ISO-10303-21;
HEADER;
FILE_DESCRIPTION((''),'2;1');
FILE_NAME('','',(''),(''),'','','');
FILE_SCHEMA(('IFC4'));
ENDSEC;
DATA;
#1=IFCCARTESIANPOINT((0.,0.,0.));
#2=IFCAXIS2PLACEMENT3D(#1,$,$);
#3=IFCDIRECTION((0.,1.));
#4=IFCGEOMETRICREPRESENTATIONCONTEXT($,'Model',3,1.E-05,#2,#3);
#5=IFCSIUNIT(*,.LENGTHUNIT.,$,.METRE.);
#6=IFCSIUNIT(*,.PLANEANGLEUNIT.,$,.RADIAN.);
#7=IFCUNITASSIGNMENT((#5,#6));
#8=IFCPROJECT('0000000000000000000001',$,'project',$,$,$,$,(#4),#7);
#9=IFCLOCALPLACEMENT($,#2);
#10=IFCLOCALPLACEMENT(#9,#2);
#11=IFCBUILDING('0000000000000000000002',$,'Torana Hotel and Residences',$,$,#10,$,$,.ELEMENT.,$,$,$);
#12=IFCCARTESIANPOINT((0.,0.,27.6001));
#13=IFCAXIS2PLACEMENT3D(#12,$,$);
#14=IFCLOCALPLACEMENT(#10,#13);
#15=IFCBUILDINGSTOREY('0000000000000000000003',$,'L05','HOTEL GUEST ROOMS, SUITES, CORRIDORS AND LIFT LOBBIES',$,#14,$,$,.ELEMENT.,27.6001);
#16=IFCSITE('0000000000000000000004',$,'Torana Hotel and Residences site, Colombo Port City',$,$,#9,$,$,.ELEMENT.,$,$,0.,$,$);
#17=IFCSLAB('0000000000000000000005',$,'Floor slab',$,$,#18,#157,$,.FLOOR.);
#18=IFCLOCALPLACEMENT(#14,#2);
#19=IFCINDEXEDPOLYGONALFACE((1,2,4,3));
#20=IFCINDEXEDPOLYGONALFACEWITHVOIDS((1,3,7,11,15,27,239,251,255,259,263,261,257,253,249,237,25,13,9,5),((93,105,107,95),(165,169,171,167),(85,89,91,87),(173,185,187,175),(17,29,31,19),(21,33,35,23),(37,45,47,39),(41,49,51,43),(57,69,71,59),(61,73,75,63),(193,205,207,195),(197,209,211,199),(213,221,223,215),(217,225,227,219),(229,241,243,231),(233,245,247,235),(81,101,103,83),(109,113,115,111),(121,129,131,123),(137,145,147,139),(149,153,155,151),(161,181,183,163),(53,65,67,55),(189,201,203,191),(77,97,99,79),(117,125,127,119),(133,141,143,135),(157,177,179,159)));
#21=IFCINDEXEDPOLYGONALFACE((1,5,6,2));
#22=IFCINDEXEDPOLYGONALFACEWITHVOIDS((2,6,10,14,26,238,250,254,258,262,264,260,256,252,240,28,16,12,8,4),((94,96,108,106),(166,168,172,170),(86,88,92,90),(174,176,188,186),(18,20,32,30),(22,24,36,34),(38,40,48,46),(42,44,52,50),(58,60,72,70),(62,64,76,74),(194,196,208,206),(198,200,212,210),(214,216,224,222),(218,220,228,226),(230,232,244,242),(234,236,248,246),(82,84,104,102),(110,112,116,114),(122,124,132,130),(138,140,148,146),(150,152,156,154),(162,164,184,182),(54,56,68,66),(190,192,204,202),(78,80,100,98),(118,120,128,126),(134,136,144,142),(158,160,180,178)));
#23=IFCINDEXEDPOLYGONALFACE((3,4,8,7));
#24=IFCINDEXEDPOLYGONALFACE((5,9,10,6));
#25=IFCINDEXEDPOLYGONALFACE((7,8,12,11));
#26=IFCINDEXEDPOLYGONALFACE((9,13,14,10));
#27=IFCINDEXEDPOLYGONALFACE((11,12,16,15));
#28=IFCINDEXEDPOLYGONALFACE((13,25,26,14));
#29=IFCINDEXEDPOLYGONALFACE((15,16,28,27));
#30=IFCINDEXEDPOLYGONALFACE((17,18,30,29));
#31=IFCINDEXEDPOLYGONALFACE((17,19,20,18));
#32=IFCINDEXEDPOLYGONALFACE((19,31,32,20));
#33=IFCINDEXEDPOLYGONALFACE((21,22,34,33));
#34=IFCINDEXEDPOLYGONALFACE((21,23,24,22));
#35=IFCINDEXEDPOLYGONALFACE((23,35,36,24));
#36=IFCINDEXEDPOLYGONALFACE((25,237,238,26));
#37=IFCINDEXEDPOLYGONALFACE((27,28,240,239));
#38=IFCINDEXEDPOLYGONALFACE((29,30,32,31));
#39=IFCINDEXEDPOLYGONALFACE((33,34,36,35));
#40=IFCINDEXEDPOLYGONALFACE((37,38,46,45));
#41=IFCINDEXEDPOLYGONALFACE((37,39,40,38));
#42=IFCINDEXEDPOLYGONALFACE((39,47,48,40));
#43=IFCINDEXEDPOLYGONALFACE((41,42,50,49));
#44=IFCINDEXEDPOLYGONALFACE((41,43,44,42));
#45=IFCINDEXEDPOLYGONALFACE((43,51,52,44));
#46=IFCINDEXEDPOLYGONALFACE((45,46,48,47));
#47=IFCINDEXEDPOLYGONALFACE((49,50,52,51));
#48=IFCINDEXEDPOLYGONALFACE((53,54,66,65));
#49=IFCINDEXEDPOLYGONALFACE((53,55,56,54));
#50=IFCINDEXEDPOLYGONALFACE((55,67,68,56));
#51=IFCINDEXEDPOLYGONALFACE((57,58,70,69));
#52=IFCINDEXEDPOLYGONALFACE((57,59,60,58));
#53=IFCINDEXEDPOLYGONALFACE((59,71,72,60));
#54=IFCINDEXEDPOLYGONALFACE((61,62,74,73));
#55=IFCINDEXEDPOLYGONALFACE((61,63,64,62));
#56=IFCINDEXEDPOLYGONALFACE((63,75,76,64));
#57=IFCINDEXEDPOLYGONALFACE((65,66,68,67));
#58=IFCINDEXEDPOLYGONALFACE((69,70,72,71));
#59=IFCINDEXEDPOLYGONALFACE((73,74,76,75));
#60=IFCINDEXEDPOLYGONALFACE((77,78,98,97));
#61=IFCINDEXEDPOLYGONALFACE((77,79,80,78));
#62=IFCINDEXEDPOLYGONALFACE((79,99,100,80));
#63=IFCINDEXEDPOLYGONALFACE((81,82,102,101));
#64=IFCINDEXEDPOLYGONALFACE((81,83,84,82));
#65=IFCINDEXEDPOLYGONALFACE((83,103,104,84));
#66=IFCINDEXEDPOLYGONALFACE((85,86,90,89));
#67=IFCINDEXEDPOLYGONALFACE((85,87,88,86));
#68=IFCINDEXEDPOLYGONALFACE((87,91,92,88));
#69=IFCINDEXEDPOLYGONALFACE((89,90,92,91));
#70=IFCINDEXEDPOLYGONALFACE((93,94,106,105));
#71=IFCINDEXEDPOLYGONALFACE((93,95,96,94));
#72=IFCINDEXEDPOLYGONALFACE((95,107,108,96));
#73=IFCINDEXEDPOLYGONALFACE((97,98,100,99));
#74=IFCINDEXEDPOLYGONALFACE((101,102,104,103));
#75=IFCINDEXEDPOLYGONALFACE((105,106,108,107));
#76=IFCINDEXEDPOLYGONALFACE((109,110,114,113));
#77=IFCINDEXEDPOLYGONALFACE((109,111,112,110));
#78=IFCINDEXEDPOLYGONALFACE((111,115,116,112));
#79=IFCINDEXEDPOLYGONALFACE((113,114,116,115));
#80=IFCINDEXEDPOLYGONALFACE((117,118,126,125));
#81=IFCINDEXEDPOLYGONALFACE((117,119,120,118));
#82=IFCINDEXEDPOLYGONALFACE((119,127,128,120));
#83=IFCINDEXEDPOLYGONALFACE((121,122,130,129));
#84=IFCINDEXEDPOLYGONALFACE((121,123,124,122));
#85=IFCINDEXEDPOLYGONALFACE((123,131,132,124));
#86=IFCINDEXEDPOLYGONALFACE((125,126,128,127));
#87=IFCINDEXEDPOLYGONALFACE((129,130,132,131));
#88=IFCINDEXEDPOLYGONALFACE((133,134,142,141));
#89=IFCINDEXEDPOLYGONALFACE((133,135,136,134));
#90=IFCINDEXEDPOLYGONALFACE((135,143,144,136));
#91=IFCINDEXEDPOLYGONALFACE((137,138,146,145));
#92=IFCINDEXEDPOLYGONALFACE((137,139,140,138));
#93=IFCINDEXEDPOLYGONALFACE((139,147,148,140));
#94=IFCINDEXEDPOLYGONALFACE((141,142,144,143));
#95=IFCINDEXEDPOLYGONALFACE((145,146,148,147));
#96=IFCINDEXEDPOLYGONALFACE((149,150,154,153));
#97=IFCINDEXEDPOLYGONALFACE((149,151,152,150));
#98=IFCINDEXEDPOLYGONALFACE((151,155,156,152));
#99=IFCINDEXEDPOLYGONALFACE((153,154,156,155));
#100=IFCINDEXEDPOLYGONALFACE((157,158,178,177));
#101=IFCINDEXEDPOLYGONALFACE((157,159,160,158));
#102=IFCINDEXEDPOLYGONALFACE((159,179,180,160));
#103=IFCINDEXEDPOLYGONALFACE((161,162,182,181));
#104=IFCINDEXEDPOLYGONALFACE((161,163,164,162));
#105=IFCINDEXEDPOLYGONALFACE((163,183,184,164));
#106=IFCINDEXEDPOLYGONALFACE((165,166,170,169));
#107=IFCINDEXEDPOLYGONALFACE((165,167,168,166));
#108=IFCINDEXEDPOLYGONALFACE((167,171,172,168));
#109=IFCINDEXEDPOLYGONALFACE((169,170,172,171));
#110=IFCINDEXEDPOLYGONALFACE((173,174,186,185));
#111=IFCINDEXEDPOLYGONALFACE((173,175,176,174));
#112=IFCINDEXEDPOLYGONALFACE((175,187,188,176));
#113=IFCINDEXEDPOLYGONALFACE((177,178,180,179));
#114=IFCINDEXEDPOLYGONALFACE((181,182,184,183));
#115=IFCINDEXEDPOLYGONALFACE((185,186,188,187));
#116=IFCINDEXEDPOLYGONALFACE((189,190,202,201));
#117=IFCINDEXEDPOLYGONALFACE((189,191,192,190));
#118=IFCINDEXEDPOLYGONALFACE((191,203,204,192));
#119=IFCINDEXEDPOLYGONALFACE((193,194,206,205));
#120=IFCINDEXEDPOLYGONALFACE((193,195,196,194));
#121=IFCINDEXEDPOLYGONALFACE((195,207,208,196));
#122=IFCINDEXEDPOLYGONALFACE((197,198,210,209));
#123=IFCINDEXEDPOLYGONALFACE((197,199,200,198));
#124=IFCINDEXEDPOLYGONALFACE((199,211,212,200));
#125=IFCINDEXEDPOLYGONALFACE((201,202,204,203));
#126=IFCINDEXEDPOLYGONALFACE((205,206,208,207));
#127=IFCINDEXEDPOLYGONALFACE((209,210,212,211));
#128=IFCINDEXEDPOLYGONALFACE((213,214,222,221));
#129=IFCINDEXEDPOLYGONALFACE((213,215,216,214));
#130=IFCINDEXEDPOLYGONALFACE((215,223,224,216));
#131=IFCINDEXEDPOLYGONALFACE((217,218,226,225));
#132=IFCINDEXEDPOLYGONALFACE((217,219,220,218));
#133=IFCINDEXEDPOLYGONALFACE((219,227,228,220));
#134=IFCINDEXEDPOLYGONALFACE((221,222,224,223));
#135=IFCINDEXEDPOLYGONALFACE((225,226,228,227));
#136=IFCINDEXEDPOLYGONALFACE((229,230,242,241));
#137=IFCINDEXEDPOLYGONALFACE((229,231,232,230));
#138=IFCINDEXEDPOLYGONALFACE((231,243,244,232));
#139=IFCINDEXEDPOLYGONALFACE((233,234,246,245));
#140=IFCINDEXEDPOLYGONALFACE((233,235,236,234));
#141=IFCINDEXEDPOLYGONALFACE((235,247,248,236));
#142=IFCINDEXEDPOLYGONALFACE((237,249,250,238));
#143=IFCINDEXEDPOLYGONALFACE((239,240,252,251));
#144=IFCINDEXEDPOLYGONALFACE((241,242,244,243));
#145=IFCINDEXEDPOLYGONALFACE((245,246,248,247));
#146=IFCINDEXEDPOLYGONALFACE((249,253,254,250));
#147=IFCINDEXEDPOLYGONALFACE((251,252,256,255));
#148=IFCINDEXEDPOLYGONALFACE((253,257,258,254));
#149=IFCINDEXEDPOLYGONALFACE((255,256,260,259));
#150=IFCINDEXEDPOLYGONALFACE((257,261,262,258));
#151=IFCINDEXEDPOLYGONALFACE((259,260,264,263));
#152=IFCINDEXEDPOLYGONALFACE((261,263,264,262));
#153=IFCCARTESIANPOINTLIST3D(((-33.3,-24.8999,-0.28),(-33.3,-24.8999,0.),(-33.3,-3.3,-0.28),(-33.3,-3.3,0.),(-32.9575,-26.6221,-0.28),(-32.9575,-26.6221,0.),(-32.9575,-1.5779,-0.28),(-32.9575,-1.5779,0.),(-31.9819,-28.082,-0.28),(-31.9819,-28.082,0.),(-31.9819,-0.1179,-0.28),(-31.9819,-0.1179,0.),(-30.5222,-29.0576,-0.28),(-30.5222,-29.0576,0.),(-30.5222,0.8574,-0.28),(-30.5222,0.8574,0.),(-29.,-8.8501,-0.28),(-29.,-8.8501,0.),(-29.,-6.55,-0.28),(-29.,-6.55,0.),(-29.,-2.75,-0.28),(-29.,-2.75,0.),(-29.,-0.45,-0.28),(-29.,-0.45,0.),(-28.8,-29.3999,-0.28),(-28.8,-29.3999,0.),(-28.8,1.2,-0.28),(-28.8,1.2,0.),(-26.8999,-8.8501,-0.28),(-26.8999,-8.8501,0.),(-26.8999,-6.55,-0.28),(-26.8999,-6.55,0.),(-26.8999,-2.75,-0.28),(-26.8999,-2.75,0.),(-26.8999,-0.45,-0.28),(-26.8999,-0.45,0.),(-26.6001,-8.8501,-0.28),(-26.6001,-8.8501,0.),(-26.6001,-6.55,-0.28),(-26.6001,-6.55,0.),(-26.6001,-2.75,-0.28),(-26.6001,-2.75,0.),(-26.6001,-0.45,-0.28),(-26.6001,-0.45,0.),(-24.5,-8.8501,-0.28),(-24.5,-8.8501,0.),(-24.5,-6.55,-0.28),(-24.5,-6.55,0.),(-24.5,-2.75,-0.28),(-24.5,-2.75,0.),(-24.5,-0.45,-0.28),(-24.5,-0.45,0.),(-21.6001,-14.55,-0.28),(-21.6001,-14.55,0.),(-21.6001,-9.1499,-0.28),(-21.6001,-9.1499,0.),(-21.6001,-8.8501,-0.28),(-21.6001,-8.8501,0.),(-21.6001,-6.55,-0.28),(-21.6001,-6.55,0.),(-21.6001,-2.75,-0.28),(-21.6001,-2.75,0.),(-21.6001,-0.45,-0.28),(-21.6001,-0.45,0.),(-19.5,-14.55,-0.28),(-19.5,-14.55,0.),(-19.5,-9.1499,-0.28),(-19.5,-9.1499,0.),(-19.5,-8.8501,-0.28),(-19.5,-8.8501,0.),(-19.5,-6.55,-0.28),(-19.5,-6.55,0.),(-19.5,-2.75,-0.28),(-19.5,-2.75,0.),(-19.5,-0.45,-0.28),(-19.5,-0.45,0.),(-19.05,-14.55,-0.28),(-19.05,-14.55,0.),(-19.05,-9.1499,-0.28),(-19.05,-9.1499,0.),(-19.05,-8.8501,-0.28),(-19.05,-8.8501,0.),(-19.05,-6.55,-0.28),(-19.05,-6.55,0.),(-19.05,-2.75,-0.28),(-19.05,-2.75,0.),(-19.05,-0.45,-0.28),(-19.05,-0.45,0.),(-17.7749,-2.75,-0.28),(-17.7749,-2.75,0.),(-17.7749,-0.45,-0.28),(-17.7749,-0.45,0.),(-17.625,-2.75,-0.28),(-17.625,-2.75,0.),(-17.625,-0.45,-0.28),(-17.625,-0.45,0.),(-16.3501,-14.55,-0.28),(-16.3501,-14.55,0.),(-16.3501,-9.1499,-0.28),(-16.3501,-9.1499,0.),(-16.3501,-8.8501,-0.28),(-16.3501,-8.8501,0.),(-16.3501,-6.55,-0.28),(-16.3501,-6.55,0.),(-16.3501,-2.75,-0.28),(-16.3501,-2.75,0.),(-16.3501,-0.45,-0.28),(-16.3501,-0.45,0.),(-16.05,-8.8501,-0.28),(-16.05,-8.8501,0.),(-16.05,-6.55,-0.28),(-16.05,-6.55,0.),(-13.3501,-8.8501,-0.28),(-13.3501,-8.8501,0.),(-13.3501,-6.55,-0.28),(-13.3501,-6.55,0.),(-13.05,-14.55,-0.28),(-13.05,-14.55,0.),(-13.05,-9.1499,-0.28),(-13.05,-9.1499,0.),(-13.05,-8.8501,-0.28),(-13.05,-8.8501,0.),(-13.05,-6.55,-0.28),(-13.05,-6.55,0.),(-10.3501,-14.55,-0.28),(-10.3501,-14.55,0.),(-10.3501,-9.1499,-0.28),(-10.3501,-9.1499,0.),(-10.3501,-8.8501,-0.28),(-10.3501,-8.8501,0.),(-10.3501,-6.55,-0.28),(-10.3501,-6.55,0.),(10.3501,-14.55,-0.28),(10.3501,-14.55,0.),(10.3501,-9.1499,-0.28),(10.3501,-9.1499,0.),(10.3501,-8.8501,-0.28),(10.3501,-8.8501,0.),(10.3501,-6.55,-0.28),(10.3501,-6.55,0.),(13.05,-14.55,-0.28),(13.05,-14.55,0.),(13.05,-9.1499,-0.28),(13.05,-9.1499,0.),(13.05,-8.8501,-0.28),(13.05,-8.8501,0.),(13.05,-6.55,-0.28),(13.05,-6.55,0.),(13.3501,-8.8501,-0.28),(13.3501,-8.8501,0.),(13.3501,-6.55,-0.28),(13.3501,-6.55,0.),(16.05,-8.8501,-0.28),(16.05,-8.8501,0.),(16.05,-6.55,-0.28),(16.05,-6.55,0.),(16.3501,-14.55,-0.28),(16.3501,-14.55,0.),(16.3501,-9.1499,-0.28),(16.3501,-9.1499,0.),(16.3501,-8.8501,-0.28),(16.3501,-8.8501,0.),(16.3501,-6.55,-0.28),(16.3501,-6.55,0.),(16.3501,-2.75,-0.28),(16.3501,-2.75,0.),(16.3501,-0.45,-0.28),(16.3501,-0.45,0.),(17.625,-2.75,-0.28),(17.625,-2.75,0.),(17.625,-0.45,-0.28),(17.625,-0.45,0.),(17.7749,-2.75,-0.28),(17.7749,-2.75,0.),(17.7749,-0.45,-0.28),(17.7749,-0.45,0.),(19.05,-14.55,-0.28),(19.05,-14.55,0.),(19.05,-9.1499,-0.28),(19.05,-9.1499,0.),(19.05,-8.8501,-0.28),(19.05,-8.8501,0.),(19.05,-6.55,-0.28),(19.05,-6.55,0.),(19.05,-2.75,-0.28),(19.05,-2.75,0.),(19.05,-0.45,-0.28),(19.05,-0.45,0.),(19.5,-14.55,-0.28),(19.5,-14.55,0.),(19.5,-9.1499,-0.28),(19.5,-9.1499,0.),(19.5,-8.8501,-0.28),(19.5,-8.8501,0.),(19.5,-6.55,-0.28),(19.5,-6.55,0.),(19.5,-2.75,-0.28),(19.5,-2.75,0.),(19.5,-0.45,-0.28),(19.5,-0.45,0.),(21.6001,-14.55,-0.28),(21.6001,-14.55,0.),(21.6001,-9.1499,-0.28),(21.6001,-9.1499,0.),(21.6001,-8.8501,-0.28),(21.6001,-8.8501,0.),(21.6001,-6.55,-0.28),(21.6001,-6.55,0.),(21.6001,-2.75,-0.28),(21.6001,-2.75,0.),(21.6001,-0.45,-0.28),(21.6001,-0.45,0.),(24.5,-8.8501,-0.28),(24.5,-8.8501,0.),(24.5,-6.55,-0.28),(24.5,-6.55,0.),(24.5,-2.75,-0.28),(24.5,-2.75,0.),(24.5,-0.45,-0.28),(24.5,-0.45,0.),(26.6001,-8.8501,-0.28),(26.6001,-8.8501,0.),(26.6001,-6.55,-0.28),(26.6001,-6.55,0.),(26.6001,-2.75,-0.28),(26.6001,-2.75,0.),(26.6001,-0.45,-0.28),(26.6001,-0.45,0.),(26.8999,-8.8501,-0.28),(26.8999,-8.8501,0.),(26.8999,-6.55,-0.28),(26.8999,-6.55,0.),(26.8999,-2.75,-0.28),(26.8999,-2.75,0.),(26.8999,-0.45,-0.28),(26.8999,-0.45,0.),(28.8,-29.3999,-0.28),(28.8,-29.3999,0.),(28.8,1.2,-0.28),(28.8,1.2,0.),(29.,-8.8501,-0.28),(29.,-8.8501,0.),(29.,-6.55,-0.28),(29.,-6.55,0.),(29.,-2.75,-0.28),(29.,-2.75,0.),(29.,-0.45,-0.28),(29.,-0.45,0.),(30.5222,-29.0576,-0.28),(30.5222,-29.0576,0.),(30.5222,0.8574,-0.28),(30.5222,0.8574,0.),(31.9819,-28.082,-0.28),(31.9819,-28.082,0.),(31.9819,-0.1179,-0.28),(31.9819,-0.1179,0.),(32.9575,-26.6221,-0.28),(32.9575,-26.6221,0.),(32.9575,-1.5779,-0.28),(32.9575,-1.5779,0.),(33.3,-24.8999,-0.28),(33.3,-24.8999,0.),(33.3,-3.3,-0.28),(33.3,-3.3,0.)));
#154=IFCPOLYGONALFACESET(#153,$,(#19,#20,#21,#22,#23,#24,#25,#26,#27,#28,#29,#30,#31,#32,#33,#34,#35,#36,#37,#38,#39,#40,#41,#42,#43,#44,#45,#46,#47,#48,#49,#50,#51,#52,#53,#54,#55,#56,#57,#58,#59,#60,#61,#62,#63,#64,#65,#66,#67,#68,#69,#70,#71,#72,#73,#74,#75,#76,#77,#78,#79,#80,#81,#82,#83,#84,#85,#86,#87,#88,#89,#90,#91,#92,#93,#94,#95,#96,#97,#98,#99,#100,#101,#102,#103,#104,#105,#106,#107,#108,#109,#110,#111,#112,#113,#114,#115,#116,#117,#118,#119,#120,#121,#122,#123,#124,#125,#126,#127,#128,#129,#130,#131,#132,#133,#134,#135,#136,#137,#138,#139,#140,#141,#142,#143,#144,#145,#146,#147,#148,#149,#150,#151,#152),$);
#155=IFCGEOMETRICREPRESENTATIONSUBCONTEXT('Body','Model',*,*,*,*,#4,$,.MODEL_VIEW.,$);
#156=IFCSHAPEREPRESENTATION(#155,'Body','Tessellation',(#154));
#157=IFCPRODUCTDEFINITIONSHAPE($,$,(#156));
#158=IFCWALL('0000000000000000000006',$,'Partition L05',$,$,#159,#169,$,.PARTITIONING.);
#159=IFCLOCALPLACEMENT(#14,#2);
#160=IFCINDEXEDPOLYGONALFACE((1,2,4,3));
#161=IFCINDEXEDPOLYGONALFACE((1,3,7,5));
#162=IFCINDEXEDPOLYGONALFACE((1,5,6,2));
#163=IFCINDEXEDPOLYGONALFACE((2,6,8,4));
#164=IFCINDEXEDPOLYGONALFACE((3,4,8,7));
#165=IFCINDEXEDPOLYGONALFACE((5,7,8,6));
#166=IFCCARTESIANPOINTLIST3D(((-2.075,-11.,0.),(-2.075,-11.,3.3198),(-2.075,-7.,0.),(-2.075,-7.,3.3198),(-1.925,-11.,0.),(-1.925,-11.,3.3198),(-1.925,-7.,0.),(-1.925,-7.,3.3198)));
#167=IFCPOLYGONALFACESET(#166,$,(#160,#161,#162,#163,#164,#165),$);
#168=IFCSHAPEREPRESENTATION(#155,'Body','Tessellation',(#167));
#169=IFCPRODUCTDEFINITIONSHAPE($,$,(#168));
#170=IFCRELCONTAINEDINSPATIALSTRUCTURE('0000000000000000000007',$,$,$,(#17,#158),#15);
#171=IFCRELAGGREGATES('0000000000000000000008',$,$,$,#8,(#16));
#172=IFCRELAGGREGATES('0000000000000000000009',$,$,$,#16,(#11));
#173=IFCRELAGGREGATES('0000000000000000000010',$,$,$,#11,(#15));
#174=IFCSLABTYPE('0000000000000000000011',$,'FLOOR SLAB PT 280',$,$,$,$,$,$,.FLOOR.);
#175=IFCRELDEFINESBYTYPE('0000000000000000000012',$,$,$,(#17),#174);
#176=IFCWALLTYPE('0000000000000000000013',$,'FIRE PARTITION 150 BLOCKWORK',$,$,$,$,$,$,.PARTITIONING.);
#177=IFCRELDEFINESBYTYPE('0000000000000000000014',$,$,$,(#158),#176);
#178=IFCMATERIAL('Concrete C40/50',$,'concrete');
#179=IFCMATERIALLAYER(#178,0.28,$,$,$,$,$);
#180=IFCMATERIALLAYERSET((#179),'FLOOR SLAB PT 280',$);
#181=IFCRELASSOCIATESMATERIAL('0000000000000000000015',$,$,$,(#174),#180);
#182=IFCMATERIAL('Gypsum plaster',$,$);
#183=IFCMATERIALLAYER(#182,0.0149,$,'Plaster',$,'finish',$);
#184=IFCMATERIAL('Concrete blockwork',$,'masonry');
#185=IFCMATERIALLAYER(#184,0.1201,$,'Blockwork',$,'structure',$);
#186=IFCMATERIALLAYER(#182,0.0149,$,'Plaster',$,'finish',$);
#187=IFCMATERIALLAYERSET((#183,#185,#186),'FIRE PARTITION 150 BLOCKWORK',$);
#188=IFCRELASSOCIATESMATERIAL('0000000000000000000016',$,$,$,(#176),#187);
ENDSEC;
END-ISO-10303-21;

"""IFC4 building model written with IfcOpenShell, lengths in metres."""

from ifc_helpers import new_model, si_unit, direction, frame, frame_2d, origin, place, context, subcontext, project, spatial, polyline, rectangle, outline, extrude, material, layer, layer_set, type_object, element, save


model = new_model("IFC4")

# Units and contexts
model_context = context("Model", 3, precision=1e-05, world=origin(), true_north=direction((0.0, 1.0)))
body_context = subcontext(model_context, "Body", "Model", "MODEL_VIEW")
ifc_project = project(units=[si_unit("LENGTHUNIT", "METRE"), si_unit("PLANEANGLEUNIT", "RADIAN")], contexts=[model_context])

# Site, building, storey
site_placement = place(None, origin())
site = spatial("IfcSite", under=ifc_project, at=site_placement, Name="Torana Hotel and Residences site, Colombo Port City", CompositionType="ELEMENT", RefElevation=0.0)
building_placement = place(site_placement, origin())
building = spatial("IfcBuilding", under=site, at=building_placement, Name="Torana Hotel and Residences", CompositionType="ELEMENT")
storey_placement = place(building_placement, frame((0.0, 0.0, 27.6001)))
storey = spatial("IfcBuildingStorey", under=building, at=storey_placement, Name="L05", Description="HOTEL GUEST ROOMS, SUITES, CORRIDORS AND LIFT LOBBIES", CompositionType="ELEMENT", Elevation=27.6001)

# Slab
ifc_material_1 = material(Name="Concrete C40/50", Category="concrete")
ifc_layer_1 = layer(ifc_material_1, 0.28)
ifc_layer_set_1 = layer_set([ifc_layer_1], Name="FLOOR SLAB PT 280")
slab_type_1 = type_object("IfcSlabType", Name="FLOOR SLAB PT 280", PredefinedType="FLOOR", material=ifc_layer_set_1)
slab_1_placement = place(storey_placement, frame((0.0, 0.0, -0.28)))
element("IfcSlab", 1, at=slab_1_placement, inside=storey, type_object=slab_type_1, Name="Floor slab", PredefinedType="FLOOR", context=body_context, shape_type="SweptSolid", body=[
    extrude(outline(polyline([(33.3, -3.3), (32.9575, -1.5779), (31.9819, -0.1179), (30.5222, 0.8574), (28.8, 1.2), (-28.8, 1.2), (-30.5222, 0.8574), (-31.9819, -0.1179), (-32.9575, -1.5779), (-33.3, -3.3), (-33.3, -24.8999), (-32.9575, -26.6221), (-31.9819, -28.082), (-30.5222, -29.0576), (-28.8, -29.3999), (28.8, -29.3999), (30.5222, -29.0576), (31.9819, -28.082), (32.9575, -26.6221), (33.3, -24.8999), (33.3, -3.3)]), holes=[polyline([(-13.05, -14.55), (-10.3501, -14.55), (-10.3501, -9.1499), (-13.05, -9.1499), (-13.05, -14.55)]), polyline([(-19.05, -14.55), (-16.3501, -14.55), (-16.3501, -9.1499), (-19.05, -9.1499), (-19.05, -14.55)]), polyline([(-17.625, -2.75), (-16.3501, -2.75), (-16.3501, -0.45), (-17.625, -0.45), (-17.625, -2.75)]), polyline([(-19.05, -2.75), (-17.7749, -2.75), (-17.7749, -0.45), (-19.05, -0.45), (-19.05, -2.75)]), polyline([(-26.6001, -2.75), (-24.5, -2.75), (-24.5, -0.45), (-26.6001, -0.45), (-26.6001, -2.75)]), polyline([(-29.0, -2.75), (-26.8999, -2.75), (-26.8999, -0.45), (-29.0, -0.45), (-29.0, -2.75)]), polyline([(-26.6001, -8.8501), (-24.5, -8.8501), (-24.5, -6.55), (-26.6001, -6.55), (-26.6001, -8.8501)]), polyline([(-29.0, -8.8501), (-26.8999, -8.8501), (-26.8999, -6.55), (-29.0, -6.55), (-29.0, -8.8501)]), polyline([(-21.6001, -2.75), (-19.5, -2.75), (-19.5, -0.45), (-21.6001, -0.45), (-21.6001, -2.75)]), polyline([(-21.6001, -8.8501), (-19.5, -8.8501), (-19.5, -6.55), (-21.6001, -6.55), (-21.6001, -8.8501)]), polyline([(-13.05, -8.8501), (-10.3501, -8.8501), (-10.3501, -6.55), (-13.05, -6.55), (-13.05, -8.8501)]), polyline([(-16.05, -8.8501), (-13.3501, -8.8501), (-13.3501, -6.55), (-16.05, -6.55), (-16.05, -8.8501)]), polyline([(-19.05, -8.8501), (-16.3501, -8.8501), (-16.3501, -6.55), (-19.05, -6.55), (-19.05, -8.8501)]), polyline([(-21.6001, -14.55), (-19.5, -14.55), (-19.5, -9.1499), (-21.6001, -9.1499), (-21.6001, -14.55)]), polyline([(10.3501, -14.55), (13.05, -14.55), (13.05, -9.1499), (10.3501, -9.1499), (10.3501, -14.55)]), polyline([(16.3501, -14.55), (19.05, -14.55), (19.05, -9.1499), (16.3501, -9.1499), (16.3501, -14.55)]), polyline([(16.3501, -2.75), (17.625, -2.75), (17.625, -0.45), (16.3501, -0.45), (16.3501, -2.75)]), polyline([(17.7749, -2.75), (19.05, -2.75), (19.05, -0.45), (17.7749, -0.45), (17.7749, -2.75)]), polyline([(24.5, -2.75), (26.6001, -2.75), (26.6001, -0.45), (24.5, -0.45), (24.5, -2.75)]), polyline([(26.8999, -2.75), (29.0, -2.75), (29.0, -0.45), (26.8999, -0.45), (26.8999, -2.75)]), polyline([(24.5, -8.8501), (26.6001, -8.8501), (26.6001, -6.55), (24.5, -6.55), (24.5, -8.8501)]), polyline([(26.8999, -8.8501), (29.0, -8.8501), (29.0, -6.55), (26.8999, -6.55), (26.8999, -8.8501)]), polyline([(19.5, -2.75), (21.6001, -2.75), (21.6001, -0.45), (19.5, -0.45), (19.5, -2.75)]), polyline([(19.5, -8.8501), (21.6001, -8.8501), (21.6001, -6.55), (19.5, -6.55), (19.5, -8.8501)]), polyline([(10.3501, -8.8501), (13.05, -8.8501), (13.05, -6.55), (10.3501, -6.55), (10.3501, -8.8501)]), polyline([(13.3501, -8.8501), (16.05, -8.8501), (16.05, -6.55), (13.3501, -6.55), (13.3501, -8.8501)]), polyline([(16.3501, -8.8501), (19.05, -8.8501), (19.05, -6.55), (16.3501, -6.55), (16.3501, -8.8501)]), polyline([(19.5, -14.55), (21.6001, -14.55), (21.6001, -9.1499), (19.5, -9.1499), (19.5, -14.55)])]), origin(), (0.0, 0.0, 1.0), 0.28),
])

# Wall
ifc_material_2 = material(Name="Gypsum plaster")
ifc_layer_2 = layer(ifc_material_2, 0.0149, Name="Plaster", Category="finish")
ifc_material_3 = material(Name="Concrete blockwork", Category="masonry")
ifc_layer_3 = layer(ifc_material_3, 0.1201, Name="Blockwork", Category="structure")
ifc_layer_4 = layer(ifc_material_2, 0.0149, Name="Plaster", Category="finish")
ifc_layer_set_2 = layer_set([ifc_layer_2, ifc_layer_3, ifc_layer_4], Name="FIRE PARTITION 150 BLOCKWORK")
wall_type_1 = type_object("IfcWallType", Name="FIRE PARTITION 150 BLOCKWORK", PredefinedType="PARTITIONING", material=ifc_layer_set_2)
wall_1_placement = place(storey_placement, frame((-2.0, -11.0, 0.0), z_axis=(0.0, 0.0, 1.0), x_axis=(0.0, 1.0, 0.0)))
element("IfcWall", 2, at=wall_1_placement, inside=storey, type_object=wall_type_1, Name="Partition L05", PredefinedType="PARTITIONING", context=body_context, shape_type="SweptSolid", body=[
    extrude(rectangle(XDim=4.0, YDim=0.1499, at=frame_2d((2.0, 0.0))), origin(), (0.0, 0.0, 1.0), 3.3198),
])

save(model, "model.ifc")
